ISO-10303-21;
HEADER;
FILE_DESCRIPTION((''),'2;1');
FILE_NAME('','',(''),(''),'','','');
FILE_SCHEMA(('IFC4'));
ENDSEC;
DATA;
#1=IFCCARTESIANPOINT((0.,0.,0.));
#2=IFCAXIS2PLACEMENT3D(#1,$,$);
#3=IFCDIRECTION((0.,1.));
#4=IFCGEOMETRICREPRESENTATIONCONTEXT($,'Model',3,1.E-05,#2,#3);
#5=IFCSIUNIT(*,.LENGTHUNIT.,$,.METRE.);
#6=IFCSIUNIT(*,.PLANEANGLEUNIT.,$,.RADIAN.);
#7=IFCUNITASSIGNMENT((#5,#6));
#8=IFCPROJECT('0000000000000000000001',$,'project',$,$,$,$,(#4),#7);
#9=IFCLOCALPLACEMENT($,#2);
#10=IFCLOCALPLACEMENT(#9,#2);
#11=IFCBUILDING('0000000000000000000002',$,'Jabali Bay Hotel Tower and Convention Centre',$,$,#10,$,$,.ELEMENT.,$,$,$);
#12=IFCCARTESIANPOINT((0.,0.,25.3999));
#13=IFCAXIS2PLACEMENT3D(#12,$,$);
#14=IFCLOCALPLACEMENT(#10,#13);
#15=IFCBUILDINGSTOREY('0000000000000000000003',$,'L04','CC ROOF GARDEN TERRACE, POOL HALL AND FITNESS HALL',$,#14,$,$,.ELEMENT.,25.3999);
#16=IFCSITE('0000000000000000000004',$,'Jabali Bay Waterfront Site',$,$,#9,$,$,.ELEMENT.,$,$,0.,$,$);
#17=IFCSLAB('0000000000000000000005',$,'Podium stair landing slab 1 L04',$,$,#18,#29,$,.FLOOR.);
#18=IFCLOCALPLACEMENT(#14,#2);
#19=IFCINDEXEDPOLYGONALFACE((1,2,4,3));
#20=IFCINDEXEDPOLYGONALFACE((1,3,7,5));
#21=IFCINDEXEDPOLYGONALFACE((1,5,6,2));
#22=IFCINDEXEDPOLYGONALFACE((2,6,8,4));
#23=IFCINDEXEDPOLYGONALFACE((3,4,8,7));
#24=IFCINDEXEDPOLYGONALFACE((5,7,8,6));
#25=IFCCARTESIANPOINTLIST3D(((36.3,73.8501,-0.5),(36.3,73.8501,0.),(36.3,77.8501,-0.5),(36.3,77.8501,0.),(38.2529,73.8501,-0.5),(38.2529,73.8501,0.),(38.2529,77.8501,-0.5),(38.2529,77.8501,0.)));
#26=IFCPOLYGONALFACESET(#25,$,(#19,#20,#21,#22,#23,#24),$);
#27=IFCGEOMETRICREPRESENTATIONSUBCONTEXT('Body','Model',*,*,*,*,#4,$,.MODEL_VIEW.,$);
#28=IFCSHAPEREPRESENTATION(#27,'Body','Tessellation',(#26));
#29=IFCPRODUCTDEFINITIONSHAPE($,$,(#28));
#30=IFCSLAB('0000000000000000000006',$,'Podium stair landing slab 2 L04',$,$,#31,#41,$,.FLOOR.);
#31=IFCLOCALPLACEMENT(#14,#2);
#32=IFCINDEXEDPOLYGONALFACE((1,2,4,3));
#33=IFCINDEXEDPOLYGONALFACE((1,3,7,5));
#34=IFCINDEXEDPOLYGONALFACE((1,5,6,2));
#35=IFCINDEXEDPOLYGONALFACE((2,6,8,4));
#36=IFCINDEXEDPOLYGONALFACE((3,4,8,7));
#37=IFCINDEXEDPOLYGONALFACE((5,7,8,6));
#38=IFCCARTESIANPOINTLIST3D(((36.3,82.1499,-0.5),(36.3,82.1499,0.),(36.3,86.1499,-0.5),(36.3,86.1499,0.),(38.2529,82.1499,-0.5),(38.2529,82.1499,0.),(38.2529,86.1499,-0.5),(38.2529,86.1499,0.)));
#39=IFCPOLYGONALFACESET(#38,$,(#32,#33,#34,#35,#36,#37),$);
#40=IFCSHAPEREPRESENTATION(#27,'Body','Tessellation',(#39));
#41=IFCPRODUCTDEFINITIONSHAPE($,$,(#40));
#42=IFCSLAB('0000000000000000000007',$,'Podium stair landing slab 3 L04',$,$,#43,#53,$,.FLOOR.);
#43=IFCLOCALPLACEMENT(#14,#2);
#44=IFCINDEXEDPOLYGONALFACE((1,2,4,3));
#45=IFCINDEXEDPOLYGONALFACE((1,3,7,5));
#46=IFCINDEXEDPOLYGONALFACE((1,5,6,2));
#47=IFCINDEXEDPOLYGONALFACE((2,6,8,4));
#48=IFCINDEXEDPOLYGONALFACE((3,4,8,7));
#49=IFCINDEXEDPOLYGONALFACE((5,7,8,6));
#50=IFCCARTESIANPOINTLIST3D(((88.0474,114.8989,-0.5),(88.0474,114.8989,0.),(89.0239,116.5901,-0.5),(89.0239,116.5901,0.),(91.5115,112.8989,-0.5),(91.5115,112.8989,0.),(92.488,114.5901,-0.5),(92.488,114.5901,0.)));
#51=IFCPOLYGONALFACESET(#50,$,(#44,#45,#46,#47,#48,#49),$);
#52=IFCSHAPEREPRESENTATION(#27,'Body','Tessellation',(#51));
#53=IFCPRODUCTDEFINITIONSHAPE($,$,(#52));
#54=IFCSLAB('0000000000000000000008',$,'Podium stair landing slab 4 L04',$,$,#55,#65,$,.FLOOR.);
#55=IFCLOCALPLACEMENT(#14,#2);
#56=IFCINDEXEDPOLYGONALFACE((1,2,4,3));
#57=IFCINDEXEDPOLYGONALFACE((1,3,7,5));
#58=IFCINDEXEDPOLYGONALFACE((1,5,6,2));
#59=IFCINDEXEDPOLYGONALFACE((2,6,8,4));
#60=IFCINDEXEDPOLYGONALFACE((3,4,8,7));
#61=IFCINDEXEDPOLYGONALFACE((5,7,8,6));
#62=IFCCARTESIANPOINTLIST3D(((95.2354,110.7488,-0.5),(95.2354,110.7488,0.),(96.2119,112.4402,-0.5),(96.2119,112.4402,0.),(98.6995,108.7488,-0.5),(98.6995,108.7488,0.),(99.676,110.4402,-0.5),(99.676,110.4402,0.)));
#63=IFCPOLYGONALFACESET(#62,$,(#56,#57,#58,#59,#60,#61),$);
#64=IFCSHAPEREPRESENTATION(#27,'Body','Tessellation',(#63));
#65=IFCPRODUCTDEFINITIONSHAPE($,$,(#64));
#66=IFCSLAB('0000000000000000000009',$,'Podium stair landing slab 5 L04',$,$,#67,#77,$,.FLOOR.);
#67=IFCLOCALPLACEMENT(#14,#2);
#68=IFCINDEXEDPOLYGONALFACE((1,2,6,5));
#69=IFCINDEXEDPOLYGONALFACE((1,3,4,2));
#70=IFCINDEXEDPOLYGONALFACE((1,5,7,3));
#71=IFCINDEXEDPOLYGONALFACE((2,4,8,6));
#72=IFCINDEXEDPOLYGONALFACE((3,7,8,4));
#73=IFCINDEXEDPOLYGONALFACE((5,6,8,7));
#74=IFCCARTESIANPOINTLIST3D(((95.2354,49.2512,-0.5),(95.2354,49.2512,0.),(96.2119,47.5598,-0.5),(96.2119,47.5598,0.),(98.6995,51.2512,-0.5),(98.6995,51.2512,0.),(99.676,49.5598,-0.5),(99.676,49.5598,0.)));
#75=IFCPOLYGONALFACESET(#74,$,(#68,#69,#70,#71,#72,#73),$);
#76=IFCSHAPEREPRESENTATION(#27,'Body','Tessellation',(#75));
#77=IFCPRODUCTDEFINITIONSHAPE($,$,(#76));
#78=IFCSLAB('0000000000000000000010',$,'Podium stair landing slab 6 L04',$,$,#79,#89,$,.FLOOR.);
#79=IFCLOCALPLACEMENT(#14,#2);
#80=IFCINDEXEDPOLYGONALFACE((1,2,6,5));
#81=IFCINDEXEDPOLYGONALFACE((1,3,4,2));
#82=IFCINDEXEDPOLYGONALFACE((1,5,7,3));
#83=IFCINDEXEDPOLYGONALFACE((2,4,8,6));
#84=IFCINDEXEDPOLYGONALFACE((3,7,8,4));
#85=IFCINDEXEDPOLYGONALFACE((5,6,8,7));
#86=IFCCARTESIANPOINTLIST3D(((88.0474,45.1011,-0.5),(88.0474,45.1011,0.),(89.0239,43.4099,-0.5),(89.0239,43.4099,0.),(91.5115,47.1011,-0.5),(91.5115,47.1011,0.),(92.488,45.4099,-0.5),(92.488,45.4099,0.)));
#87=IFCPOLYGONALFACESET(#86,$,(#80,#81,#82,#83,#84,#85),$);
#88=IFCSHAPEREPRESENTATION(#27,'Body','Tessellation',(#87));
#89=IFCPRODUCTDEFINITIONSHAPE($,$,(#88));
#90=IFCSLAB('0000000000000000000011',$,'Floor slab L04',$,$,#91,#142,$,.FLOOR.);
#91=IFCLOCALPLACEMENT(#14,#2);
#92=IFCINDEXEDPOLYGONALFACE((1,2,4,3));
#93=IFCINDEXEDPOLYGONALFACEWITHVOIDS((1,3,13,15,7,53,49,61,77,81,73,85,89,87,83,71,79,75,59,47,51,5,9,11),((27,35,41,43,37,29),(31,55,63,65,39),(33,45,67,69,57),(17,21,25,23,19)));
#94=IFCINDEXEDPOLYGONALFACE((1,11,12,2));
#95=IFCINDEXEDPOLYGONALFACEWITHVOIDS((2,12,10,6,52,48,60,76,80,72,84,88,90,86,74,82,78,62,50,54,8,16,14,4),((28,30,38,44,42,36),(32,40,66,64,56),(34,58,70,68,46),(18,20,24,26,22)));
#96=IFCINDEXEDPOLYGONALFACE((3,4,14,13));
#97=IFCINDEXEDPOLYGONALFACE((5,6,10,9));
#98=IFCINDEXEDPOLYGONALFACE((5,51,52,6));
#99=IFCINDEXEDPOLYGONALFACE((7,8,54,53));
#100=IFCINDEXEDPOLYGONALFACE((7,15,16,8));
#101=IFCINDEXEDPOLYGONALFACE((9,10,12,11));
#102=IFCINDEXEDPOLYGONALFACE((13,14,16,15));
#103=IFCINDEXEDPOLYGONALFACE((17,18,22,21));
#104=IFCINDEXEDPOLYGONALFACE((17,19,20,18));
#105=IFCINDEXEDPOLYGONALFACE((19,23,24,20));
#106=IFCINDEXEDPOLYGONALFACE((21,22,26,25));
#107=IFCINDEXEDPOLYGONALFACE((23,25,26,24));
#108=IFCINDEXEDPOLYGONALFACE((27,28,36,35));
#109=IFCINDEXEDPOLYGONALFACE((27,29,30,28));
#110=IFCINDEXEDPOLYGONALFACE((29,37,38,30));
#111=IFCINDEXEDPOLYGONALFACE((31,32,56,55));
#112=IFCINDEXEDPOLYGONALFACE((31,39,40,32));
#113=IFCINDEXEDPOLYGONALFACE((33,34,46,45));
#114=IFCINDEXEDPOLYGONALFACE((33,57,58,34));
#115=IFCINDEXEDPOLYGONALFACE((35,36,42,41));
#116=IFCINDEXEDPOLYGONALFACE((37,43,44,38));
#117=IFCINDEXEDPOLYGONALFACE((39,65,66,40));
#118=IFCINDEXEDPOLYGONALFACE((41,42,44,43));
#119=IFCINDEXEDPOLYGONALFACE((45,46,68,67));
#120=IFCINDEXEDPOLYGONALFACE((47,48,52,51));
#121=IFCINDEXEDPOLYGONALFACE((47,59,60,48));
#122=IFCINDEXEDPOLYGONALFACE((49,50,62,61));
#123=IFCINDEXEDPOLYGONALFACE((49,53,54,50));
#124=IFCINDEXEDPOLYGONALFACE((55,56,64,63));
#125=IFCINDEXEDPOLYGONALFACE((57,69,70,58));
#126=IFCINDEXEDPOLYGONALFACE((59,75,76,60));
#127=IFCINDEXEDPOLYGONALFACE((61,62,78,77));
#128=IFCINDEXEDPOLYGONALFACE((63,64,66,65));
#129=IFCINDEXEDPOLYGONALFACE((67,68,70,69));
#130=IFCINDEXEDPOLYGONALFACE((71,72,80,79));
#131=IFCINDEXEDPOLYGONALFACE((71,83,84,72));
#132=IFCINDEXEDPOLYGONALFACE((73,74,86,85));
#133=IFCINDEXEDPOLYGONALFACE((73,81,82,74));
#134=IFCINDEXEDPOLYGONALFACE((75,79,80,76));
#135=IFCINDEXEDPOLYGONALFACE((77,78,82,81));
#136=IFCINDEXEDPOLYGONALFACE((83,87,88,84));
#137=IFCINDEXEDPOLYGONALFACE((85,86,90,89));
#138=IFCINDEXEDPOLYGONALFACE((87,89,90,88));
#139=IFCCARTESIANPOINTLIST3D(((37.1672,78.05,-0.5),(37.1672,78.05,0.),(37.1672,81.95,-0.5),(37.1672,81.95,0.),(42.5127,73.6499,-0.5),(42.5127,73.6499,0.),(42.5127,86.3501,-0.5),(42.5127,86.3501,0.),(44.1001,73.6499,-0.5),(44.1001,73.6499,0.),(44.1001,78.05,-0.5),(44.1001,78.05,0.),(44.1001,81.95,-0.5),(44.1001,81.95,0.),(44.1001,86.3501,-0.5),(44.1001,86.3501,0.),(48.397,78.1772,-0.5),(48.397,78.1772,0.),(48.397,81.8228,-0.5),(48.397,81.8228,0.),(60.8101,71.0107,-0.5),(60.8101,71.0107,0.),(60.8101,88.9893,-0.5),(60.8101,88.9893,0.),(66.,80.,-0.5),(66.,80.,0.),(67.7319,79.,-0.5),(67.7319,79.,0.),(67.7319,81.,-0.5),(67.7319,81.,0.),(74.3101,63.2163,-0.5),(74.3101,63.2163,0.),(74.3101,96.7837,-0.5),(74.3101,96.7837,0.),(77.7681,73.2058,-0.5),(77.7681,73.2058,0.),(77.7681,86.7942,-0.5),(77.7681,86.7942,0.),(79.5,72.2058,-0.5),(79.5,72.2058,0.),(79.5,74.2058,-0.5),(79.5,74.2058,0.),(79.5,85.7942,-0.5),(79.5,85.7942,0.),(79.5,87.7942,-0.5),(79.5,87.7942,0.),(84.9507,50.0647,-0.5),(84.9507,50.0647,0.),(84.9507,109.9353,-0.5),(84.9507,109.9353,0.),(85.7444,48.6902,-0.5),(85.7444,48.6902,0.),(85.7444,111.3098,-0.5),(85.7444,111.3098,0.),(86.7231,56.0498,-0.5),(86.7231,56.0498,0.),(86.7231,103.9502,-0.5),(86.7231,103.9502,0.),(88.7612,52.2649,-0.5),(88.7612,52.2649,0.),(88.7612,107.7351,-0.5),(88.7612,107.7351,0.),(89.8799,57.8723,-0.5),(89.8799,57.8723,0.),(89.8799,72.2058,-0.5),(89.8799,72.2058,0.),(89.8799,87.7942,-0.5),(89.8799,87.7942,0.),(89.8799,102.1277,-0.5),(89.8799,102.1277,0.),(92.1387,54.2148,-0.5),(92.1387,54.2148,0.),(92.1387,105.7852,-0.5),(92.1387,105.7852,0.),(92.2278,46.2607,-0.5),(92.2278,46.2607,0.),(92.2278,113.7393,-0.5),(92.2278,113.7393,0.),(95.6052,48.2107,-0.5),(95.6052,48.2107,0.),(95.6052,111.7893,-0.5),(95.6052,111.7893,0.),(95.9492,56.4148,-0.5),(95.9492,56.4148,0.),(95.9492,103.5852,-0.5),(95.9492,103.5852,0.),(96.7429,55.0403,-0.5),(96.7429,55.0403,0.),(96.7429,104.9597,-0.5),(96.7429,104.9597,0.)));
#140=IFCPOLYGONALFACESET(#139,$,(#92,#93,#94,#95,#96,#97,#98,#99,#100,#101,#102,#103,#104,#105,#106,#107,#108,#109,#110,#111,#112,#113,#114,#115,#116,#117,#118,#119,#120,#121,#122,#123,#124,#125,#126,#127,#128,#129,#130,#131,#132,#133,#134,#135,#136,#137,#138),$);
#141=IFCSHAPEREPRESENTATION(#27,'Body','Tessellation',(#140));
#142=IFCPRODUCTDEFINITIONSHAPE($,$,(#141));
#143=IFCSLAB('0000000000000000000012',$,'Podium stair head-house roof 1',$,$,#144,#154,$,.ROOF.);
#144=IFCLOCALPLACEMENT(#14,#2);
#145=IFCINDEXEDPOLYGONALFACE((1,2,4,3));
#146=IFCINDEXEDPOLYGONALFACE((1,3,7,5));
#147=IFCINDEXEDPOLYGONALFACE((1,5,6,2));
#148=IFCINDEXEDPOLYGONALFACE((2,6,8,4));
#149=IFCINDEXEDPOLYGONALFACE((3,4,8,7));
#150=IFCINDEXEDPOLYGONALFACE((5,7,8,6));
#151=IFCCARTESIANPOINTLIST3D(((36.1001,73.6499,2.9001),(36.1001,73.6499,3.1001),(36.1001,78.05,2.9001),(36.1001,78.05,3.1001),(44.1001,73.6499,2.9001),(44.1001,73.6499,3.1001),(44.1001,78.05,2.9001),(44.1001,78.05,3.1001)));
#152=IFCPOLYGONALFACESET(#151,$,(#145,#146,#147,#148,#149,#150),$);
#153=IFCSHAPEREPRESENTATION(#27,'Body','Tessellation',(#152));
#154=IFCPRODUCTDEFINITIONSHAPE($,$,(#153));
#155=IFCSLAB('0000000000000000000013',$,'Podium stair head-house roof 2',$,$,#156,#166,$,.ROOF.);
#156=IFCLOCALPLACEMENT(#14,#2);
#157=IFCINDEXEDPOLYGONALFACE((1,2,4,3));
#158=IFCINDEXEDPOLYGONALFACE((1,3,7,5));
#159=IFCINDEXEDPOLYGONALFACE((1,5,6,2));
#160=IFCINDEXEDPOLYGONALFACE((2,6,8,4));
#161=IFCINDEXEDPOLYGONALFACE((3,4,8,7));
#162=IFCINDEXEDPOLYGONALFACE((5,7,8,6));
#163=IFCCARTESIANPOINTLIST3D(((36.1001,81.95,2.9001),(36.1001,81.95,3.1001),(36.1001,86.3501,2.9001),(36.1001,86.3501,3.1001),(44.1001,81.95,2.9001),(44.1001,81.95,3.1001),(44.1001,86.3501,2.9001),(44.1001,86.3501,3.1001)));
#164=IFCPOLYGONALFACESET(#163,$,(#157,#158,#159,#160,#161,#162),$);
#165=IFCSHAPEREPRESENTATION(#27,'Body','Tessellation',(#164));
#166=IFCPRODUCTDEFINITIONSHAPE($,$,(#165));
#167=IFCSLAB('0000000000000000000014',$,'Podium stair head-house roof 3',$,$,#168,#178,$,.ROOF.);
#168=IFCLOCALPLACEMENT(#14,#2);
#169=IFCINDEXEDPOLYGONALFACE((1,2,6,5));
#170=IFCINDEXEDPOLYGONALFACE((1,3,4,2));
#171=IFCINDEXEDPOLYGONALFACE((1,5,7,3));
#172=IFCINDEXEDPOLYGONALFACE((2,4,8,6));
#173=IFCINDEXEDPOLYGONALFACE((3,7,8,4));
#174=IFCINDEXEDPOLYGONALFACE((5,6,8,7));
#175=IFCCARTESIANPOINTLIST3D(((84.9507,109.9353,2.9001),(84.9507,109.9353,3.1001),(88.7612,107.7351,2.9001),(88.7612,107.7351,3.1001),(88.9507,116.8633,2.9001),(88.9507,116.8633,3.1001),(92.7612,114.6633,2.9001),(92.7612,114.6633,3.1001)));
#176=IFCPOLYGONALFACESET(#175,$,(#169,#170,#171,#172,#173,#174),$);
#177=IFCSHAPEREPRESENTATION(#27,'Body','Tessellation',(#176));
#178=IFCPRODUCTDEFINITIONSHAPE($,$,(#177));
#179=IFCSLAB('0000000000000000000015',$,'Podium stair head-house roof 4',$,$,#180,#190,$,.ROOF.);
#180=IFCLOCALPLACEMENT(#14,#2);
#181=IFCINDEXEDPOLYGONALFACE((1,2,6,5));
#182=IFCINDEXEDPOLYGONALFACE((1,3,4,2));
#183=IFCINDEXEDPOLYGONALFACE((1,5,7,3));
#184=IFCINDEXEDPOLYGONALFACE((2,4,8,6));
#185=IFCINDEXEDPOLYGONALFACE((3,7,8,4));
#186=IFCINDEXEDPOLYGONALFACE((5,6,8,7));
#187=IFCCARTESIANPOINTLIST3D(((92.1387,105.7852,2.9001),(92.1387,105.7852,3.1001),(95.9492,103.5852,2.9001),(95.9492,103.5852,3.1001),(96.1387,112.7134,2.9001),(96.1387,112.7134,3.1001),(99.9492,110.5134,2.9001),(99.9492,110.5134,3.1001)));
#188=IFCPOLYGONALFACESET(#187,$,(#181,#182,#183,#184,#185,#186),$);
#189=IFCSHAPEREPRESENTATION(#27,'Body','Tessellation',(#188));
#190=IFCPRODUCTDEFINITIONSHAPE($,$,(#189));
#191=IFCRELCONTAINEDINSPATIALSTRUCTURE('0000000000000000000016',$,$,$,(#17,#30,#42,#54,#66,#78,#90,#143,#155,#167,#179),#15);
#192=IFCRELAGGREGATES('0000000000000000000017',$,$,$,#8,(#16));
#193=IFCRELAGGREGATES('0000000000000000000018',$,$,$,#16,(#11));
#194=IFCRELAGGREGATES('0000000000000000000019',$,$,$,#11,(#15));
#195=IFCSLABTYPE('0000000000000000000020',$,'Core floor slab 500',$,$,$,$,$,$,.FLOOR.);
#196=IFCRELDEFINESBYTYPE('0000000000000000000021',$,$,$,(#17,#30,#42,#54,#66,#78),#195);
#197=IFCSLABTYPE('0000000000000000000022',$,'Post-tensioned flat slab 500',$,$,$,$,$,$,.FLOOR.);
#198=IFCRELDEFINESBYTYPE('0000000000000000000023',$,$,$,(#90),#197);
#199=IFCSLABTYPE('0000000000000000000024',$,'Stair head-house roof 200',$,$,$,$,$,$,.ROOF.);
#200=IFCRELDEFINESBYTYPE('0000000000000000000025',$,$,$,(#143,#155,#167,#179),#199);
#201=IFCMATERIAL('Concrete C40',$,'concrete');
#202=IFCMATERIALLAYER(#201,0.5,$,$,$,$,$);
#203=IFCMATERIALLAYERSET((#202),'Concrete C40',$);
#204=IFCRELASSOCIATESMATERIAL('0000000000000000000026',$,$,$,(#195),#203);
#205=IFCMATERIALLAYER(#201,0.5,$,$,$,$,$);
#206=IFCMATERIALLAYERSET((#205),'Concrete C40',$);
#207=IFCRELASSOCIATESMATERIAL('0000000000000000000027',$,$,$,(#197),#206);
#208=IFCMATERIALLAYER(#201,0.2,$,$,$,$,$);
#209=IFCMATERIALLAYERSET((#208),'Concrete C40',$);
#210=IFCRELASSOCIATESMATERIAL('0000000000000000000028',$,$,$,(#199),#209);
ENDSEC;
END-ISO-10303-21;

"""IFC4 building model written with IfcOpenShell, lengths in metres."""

from ifc_helpers import new_model, si_unit, direction, frame, origin, place, context, subcontext, project, spatial, polyline, outline, extrude, material, layer, layer_set, type_object, element, save


model = new_model("IFC4")

# Units and contexts
model_context = context("Model", 3, precision=1e-05, world=origin(), true_north=direction((0.0, 1.0)))
body_context = subcontext(model_context, "Body", "Model", "MODEL_VIEW")
ifc_project = project(units=[si_unit("LENGTHUNIT", "METRE"), si_unit("PLANEANGLEUNIT", "RADIAN")], contexts=[model_context])

# Site, building, storey
site_placement = place(None, origin())
site = spatial("IfcSite", under=ifc_project, at=site_placement, Name="Jabali Bay Waterfront Site", CompositionType="ELEMENT", RefElevation=0.0)
building_placement = place(site_placement, origin())
building = spatial("IfcBuilding", under=site, at=building_placement, Name="Jabali Bay Hotel Tower and Convention Centre", CompositionType="ELEMENT")
storey_placement = place(building_placement, frame((0.0, 0.0, 25.3999)))
storey = spatial("IfcBuildingStorey", under=building, at=storey_placement, Name="L04", Description="CC ROOF GARDEN TERRACE, POOL HALL AND FITNESS HALL", CompositionType="ELEMENT", Elevation=25.3999)

# Slabs
ifc_material = material(Name="Concrete C40", Category="concrete")
ifc_layer_1 = layer(ifc_material, 0.5)
ifc_layer_set_1 = layer_set([ifc_layer_1], Name="Concrete C40")
slab_type_1 = type_object("IfcSlabType", Name="Core floor slab 500", PredefinedType="FLOOR", material=ifc_layer_set_1)
slab_1_placement = place(storey_placement, frame((0.0, 0.0, -0.5)))
element("IfcSlab", 1, at=slab_1_placement, inside=storey, type_object=slab_type_1, Name="Podium stair landing slab 1 L04", PredefinedType="FLOOR", context=body_context, shape_type="SweptSolid", body=[
    extrude(outline(polyline([(36.3, 73.8501), (38.2529, 73.8501), (38.2529, 77.8501), (36.3, 77.8501), (36.3, 73.8501)])), origin(), (0.0, 0.0, 1.0), 0.5),
])
slab_2_placement = place(storey_placement, frame((0.0, 0.0, -0.5)))
element("IfcSlab", 2, at=slab_2_placement, inside=storey, type_object=slab_type_1, Name="Podium stair landing slab 2 L04", PredefinedType="FLOOR", context=body_context, shape_type="SweptSolid", body=[
    extrude(outline(polyline([(36.3, 82.1499), (38.2529, 82.1499), (38.2529, 86.1499), (36.3, 86.1499), (36.3, 82.1499)])), origin(), (0.0, 0.0, 1.0), 0.5),
])
slab_3_placement = place(storey_placement, frame((0.0, 0.0, -0.5)))
element("IfcSlab", 3, at=slab_3_placement, inside=storey, type_object=slab_type_1, Name="Podium stair landing slab 3 L04", PredefinedType="FLOOR", context=body_context, shape_type="SweptSolid", body=[
    extrude(outline(polyline([(89.0239, 116.5901), (88.0474, 114.8989), (91.5115, 112.8989), (92.488, 114.5901), (89.0239, 116.5901)])), origin(), (0.0, 0.0, 1.0), 0.5),
])
slab_4_placement = place(storey_placement, frame((0.0, 0.0, -0.5)))
element("IfcSlab", 4, at=slab_4_placement, inside=storey, type_object=slab_type_1, Name="Podium stair landing slab 4 L04", PredefinedType="FLOOR", context=body_context, shape_type="SweptSolid", body=[
    extrude(outline(polyline([(96.2119, 112.4402), (95.2354, 110.7488), (98.6995, 108.7488), (99.676, 110.4402), (96.2119, 112.4402)])), origin(), (0.0, 0.0, 1.0), 0.5),
])
slab_5_placement = place(storey_placement, frame((0.0, 0.0, -0.5)))
element("IfcSlab", 5, at=slab_5_placement, inside=storey, type_object=slab_type_1, Name="Podium stair landing slab 5 L04", PredefinedType="FLOOR", context=body_context, shape_type="SweptSolid", body=[
    extrude(outline(polyline([(99.676, 49.5598), (98.6995, 51.2512), (95.2354, 49.2512), (96.2119, 47.5598), (99.676, 49.5598)])), origin(), (0.0, 0.0, 1.0), 0.5),
])
slab_6_placement = place(storey_placement, frame((0.0, 0.0, -0.5)))
element("IfcSlab", 6, at=slab_6_placement, inside=storey, type_object=slab_type_1, Name="Podium stair landing slab 6 L04", PredefinedType="FLOOR", context=body_context, shape_type="SweptSolid", body=[
    extrude(outline(polyline([(92.488, 45.4099), (91.5115, 47.1011), (88.0474, 45.1011), (89.0239, 43.4099), (92.488, 45.4099)])), origin(), (0.0, 0.0, 1.0), 0.5),
])
ifc_layer_2 = layer(ifc_material, 0.5)
ifc_layer_set_2 = layer_set([ifc_layer_2], Name="Concrete C40")
slab_type_2 = type_object("IfcSlabType", Name="Post-tensioned flat slab 500", PredefinedType="FLOOR", material=ifc_layer_set_2)
slab_7_placement = place(storey_placement, frame((0.0, 0.0, -0.5)))
element("IfcSlab", 7, at=slab_7_placement, inside=storey, type_object=slab_type_2, Name="Floor slab L04", PredefinedType="FLOOR", context=body_context, shape_type="SweptSolid", body=[
    extrude(outline(polyline([(44.1001, 78.05), (37.1672, 78.05), (37.1672, 81.95), (44.1001, 81.95), (44.1001, 86.3501), (42.5127, 86.3501), (85.7444, 111.3098), (84.9507, 109.9353), (88.7612, 107.7351), (92.2278, 113.7393), (95.6052, 111.7893), (92.1387, 105.7852), (95.9492, 103.5852), (96.7429, 104.9597), (96.7429, 55.0403), (95.9492, 56.4148), (92.1387, 54.2148), (95.6052, 48.2107), (92.2278, 46.2607), (88.7612, 52.2649), (84.9507, 50.0647), (85.7444, 48.6902), (42.5127, 73.6499), (44.1001, 73.6499), (44.1001, 78.05)]), holes=[polyline([(67.7319, 79.0), (77.7681, 73.2058), (79.5, 74.2058), (79.5, 85.7942), (77.7681, 86.7942), (67.7319, 81.0), (67.7319, 79.0)]), polyline([(60.8101, 71.0107), (66.0, 80.0), (60.8101, 88.9893), (48.397, 81.8228), (48.397, 78.1772), (60.8101, 71.0107)]), polyline([(86.7231, 103.9502), (74.3101, 96.7837), (79.5, 87.7942), (89.8799, 87.7942), (89.8799, 102.1277), (86.7231, 103.9502)]), polyline([(86.7231, 56.0498), (89.8799, 57.8723), (89.8799, 72.2058), (79.5, 72.2058), (74.3101, 63.2163), (86.7231, 56.0498)])]), origin(), (0.0, 0.0, 1.0), 0.5),
])
ifc_layer_3 = layer(ifc_material, 0.2)
ifc_layer_set_3 = layer_set([ifc_layer_3], Name="Concrete C40")
slab_type_3 = type_object("IfcSlabType", Name="Stair head-house roof 200", PredefinedType="ROOF", material=ifc_layer_set_3)
slab_8_placement = place(storey_placement, frame((0.0, 0.0, 2.9001)))
element("IfcSlab", 8, at=slab_8_placement, inside=storey, type_object=slab_type_3, Name="Podium stair head-house roof 1", PredefinedType="ROOF", context=body_context, shape_type="SweptSolid", body=[
    extrude(outline(polyline([(36.1001, 78.05), (36.1001, 73.6499), (44.1001, 73.6499), (44.1001, 78.05), (36.1001, 78.05)])), origin(), (0.0, 0.0, 1.0), 0.2),
])
slab_9_placement = place(storey_placement, frame((0.0, 0.0, 2.9001)))
element("IfcSlab", 9, at=slab_9_placement, inside=storey, type_object=slab_type_3, Name="Podium stair head-house roof 2", PredefinedType="ROOF", context=body_context, shape_type="SweptSolid", body=[
    extrude(outline(polyline([(36.1001, 86.3501), (36.1001, 81.95), (44.1001, 81.95), (44.1001, 86.3501), (36.1001, 86.3501)])), origin(), (0.0, 0.0, 1.0), 0.2),
])
slab_10_placement = place(storey_placement, frame((0.0, 0.0, 2.9001)))
element("IfcSlab", 10, at=slab_10_placement, inside=storey, type_object=slab_type_3, Name="Podium stair head-house roof 3", PredefinedType="ROOF", context=body_context, shape_type="SweptSolid", body=[
    extrude(outline(polyline([(92.7612, 114.6633), (88.9507, 116.8633), (84.9507, 109.9353), (88.7612, 107.7351), (92.7612, 114.6633)])), origin(), (0.0, 0.0, 1.0), 0.2),
])
slab_11_placement = place(storey_placement, frame((0.0, 0.0, 2.9001)))
element("IfcSlab", 11, at=slab_11_placement, inside=storey, type_object=slab_type_3, Name="Podium stair head-house roof 4", PredefinedType="ROOF", context=body_context, shape_type="SweptSolid", body=[
    extrude(outline(polyline([(99.9492, 110.5134), (96.1387, 112.7134), (92.1387, 105.7852), (95.9492, 103.5852), (99.9492, 110.5134)])), origin(), (0.0, 0.0, 1.0), 0.2),
])

save(model, "model.ifc")
